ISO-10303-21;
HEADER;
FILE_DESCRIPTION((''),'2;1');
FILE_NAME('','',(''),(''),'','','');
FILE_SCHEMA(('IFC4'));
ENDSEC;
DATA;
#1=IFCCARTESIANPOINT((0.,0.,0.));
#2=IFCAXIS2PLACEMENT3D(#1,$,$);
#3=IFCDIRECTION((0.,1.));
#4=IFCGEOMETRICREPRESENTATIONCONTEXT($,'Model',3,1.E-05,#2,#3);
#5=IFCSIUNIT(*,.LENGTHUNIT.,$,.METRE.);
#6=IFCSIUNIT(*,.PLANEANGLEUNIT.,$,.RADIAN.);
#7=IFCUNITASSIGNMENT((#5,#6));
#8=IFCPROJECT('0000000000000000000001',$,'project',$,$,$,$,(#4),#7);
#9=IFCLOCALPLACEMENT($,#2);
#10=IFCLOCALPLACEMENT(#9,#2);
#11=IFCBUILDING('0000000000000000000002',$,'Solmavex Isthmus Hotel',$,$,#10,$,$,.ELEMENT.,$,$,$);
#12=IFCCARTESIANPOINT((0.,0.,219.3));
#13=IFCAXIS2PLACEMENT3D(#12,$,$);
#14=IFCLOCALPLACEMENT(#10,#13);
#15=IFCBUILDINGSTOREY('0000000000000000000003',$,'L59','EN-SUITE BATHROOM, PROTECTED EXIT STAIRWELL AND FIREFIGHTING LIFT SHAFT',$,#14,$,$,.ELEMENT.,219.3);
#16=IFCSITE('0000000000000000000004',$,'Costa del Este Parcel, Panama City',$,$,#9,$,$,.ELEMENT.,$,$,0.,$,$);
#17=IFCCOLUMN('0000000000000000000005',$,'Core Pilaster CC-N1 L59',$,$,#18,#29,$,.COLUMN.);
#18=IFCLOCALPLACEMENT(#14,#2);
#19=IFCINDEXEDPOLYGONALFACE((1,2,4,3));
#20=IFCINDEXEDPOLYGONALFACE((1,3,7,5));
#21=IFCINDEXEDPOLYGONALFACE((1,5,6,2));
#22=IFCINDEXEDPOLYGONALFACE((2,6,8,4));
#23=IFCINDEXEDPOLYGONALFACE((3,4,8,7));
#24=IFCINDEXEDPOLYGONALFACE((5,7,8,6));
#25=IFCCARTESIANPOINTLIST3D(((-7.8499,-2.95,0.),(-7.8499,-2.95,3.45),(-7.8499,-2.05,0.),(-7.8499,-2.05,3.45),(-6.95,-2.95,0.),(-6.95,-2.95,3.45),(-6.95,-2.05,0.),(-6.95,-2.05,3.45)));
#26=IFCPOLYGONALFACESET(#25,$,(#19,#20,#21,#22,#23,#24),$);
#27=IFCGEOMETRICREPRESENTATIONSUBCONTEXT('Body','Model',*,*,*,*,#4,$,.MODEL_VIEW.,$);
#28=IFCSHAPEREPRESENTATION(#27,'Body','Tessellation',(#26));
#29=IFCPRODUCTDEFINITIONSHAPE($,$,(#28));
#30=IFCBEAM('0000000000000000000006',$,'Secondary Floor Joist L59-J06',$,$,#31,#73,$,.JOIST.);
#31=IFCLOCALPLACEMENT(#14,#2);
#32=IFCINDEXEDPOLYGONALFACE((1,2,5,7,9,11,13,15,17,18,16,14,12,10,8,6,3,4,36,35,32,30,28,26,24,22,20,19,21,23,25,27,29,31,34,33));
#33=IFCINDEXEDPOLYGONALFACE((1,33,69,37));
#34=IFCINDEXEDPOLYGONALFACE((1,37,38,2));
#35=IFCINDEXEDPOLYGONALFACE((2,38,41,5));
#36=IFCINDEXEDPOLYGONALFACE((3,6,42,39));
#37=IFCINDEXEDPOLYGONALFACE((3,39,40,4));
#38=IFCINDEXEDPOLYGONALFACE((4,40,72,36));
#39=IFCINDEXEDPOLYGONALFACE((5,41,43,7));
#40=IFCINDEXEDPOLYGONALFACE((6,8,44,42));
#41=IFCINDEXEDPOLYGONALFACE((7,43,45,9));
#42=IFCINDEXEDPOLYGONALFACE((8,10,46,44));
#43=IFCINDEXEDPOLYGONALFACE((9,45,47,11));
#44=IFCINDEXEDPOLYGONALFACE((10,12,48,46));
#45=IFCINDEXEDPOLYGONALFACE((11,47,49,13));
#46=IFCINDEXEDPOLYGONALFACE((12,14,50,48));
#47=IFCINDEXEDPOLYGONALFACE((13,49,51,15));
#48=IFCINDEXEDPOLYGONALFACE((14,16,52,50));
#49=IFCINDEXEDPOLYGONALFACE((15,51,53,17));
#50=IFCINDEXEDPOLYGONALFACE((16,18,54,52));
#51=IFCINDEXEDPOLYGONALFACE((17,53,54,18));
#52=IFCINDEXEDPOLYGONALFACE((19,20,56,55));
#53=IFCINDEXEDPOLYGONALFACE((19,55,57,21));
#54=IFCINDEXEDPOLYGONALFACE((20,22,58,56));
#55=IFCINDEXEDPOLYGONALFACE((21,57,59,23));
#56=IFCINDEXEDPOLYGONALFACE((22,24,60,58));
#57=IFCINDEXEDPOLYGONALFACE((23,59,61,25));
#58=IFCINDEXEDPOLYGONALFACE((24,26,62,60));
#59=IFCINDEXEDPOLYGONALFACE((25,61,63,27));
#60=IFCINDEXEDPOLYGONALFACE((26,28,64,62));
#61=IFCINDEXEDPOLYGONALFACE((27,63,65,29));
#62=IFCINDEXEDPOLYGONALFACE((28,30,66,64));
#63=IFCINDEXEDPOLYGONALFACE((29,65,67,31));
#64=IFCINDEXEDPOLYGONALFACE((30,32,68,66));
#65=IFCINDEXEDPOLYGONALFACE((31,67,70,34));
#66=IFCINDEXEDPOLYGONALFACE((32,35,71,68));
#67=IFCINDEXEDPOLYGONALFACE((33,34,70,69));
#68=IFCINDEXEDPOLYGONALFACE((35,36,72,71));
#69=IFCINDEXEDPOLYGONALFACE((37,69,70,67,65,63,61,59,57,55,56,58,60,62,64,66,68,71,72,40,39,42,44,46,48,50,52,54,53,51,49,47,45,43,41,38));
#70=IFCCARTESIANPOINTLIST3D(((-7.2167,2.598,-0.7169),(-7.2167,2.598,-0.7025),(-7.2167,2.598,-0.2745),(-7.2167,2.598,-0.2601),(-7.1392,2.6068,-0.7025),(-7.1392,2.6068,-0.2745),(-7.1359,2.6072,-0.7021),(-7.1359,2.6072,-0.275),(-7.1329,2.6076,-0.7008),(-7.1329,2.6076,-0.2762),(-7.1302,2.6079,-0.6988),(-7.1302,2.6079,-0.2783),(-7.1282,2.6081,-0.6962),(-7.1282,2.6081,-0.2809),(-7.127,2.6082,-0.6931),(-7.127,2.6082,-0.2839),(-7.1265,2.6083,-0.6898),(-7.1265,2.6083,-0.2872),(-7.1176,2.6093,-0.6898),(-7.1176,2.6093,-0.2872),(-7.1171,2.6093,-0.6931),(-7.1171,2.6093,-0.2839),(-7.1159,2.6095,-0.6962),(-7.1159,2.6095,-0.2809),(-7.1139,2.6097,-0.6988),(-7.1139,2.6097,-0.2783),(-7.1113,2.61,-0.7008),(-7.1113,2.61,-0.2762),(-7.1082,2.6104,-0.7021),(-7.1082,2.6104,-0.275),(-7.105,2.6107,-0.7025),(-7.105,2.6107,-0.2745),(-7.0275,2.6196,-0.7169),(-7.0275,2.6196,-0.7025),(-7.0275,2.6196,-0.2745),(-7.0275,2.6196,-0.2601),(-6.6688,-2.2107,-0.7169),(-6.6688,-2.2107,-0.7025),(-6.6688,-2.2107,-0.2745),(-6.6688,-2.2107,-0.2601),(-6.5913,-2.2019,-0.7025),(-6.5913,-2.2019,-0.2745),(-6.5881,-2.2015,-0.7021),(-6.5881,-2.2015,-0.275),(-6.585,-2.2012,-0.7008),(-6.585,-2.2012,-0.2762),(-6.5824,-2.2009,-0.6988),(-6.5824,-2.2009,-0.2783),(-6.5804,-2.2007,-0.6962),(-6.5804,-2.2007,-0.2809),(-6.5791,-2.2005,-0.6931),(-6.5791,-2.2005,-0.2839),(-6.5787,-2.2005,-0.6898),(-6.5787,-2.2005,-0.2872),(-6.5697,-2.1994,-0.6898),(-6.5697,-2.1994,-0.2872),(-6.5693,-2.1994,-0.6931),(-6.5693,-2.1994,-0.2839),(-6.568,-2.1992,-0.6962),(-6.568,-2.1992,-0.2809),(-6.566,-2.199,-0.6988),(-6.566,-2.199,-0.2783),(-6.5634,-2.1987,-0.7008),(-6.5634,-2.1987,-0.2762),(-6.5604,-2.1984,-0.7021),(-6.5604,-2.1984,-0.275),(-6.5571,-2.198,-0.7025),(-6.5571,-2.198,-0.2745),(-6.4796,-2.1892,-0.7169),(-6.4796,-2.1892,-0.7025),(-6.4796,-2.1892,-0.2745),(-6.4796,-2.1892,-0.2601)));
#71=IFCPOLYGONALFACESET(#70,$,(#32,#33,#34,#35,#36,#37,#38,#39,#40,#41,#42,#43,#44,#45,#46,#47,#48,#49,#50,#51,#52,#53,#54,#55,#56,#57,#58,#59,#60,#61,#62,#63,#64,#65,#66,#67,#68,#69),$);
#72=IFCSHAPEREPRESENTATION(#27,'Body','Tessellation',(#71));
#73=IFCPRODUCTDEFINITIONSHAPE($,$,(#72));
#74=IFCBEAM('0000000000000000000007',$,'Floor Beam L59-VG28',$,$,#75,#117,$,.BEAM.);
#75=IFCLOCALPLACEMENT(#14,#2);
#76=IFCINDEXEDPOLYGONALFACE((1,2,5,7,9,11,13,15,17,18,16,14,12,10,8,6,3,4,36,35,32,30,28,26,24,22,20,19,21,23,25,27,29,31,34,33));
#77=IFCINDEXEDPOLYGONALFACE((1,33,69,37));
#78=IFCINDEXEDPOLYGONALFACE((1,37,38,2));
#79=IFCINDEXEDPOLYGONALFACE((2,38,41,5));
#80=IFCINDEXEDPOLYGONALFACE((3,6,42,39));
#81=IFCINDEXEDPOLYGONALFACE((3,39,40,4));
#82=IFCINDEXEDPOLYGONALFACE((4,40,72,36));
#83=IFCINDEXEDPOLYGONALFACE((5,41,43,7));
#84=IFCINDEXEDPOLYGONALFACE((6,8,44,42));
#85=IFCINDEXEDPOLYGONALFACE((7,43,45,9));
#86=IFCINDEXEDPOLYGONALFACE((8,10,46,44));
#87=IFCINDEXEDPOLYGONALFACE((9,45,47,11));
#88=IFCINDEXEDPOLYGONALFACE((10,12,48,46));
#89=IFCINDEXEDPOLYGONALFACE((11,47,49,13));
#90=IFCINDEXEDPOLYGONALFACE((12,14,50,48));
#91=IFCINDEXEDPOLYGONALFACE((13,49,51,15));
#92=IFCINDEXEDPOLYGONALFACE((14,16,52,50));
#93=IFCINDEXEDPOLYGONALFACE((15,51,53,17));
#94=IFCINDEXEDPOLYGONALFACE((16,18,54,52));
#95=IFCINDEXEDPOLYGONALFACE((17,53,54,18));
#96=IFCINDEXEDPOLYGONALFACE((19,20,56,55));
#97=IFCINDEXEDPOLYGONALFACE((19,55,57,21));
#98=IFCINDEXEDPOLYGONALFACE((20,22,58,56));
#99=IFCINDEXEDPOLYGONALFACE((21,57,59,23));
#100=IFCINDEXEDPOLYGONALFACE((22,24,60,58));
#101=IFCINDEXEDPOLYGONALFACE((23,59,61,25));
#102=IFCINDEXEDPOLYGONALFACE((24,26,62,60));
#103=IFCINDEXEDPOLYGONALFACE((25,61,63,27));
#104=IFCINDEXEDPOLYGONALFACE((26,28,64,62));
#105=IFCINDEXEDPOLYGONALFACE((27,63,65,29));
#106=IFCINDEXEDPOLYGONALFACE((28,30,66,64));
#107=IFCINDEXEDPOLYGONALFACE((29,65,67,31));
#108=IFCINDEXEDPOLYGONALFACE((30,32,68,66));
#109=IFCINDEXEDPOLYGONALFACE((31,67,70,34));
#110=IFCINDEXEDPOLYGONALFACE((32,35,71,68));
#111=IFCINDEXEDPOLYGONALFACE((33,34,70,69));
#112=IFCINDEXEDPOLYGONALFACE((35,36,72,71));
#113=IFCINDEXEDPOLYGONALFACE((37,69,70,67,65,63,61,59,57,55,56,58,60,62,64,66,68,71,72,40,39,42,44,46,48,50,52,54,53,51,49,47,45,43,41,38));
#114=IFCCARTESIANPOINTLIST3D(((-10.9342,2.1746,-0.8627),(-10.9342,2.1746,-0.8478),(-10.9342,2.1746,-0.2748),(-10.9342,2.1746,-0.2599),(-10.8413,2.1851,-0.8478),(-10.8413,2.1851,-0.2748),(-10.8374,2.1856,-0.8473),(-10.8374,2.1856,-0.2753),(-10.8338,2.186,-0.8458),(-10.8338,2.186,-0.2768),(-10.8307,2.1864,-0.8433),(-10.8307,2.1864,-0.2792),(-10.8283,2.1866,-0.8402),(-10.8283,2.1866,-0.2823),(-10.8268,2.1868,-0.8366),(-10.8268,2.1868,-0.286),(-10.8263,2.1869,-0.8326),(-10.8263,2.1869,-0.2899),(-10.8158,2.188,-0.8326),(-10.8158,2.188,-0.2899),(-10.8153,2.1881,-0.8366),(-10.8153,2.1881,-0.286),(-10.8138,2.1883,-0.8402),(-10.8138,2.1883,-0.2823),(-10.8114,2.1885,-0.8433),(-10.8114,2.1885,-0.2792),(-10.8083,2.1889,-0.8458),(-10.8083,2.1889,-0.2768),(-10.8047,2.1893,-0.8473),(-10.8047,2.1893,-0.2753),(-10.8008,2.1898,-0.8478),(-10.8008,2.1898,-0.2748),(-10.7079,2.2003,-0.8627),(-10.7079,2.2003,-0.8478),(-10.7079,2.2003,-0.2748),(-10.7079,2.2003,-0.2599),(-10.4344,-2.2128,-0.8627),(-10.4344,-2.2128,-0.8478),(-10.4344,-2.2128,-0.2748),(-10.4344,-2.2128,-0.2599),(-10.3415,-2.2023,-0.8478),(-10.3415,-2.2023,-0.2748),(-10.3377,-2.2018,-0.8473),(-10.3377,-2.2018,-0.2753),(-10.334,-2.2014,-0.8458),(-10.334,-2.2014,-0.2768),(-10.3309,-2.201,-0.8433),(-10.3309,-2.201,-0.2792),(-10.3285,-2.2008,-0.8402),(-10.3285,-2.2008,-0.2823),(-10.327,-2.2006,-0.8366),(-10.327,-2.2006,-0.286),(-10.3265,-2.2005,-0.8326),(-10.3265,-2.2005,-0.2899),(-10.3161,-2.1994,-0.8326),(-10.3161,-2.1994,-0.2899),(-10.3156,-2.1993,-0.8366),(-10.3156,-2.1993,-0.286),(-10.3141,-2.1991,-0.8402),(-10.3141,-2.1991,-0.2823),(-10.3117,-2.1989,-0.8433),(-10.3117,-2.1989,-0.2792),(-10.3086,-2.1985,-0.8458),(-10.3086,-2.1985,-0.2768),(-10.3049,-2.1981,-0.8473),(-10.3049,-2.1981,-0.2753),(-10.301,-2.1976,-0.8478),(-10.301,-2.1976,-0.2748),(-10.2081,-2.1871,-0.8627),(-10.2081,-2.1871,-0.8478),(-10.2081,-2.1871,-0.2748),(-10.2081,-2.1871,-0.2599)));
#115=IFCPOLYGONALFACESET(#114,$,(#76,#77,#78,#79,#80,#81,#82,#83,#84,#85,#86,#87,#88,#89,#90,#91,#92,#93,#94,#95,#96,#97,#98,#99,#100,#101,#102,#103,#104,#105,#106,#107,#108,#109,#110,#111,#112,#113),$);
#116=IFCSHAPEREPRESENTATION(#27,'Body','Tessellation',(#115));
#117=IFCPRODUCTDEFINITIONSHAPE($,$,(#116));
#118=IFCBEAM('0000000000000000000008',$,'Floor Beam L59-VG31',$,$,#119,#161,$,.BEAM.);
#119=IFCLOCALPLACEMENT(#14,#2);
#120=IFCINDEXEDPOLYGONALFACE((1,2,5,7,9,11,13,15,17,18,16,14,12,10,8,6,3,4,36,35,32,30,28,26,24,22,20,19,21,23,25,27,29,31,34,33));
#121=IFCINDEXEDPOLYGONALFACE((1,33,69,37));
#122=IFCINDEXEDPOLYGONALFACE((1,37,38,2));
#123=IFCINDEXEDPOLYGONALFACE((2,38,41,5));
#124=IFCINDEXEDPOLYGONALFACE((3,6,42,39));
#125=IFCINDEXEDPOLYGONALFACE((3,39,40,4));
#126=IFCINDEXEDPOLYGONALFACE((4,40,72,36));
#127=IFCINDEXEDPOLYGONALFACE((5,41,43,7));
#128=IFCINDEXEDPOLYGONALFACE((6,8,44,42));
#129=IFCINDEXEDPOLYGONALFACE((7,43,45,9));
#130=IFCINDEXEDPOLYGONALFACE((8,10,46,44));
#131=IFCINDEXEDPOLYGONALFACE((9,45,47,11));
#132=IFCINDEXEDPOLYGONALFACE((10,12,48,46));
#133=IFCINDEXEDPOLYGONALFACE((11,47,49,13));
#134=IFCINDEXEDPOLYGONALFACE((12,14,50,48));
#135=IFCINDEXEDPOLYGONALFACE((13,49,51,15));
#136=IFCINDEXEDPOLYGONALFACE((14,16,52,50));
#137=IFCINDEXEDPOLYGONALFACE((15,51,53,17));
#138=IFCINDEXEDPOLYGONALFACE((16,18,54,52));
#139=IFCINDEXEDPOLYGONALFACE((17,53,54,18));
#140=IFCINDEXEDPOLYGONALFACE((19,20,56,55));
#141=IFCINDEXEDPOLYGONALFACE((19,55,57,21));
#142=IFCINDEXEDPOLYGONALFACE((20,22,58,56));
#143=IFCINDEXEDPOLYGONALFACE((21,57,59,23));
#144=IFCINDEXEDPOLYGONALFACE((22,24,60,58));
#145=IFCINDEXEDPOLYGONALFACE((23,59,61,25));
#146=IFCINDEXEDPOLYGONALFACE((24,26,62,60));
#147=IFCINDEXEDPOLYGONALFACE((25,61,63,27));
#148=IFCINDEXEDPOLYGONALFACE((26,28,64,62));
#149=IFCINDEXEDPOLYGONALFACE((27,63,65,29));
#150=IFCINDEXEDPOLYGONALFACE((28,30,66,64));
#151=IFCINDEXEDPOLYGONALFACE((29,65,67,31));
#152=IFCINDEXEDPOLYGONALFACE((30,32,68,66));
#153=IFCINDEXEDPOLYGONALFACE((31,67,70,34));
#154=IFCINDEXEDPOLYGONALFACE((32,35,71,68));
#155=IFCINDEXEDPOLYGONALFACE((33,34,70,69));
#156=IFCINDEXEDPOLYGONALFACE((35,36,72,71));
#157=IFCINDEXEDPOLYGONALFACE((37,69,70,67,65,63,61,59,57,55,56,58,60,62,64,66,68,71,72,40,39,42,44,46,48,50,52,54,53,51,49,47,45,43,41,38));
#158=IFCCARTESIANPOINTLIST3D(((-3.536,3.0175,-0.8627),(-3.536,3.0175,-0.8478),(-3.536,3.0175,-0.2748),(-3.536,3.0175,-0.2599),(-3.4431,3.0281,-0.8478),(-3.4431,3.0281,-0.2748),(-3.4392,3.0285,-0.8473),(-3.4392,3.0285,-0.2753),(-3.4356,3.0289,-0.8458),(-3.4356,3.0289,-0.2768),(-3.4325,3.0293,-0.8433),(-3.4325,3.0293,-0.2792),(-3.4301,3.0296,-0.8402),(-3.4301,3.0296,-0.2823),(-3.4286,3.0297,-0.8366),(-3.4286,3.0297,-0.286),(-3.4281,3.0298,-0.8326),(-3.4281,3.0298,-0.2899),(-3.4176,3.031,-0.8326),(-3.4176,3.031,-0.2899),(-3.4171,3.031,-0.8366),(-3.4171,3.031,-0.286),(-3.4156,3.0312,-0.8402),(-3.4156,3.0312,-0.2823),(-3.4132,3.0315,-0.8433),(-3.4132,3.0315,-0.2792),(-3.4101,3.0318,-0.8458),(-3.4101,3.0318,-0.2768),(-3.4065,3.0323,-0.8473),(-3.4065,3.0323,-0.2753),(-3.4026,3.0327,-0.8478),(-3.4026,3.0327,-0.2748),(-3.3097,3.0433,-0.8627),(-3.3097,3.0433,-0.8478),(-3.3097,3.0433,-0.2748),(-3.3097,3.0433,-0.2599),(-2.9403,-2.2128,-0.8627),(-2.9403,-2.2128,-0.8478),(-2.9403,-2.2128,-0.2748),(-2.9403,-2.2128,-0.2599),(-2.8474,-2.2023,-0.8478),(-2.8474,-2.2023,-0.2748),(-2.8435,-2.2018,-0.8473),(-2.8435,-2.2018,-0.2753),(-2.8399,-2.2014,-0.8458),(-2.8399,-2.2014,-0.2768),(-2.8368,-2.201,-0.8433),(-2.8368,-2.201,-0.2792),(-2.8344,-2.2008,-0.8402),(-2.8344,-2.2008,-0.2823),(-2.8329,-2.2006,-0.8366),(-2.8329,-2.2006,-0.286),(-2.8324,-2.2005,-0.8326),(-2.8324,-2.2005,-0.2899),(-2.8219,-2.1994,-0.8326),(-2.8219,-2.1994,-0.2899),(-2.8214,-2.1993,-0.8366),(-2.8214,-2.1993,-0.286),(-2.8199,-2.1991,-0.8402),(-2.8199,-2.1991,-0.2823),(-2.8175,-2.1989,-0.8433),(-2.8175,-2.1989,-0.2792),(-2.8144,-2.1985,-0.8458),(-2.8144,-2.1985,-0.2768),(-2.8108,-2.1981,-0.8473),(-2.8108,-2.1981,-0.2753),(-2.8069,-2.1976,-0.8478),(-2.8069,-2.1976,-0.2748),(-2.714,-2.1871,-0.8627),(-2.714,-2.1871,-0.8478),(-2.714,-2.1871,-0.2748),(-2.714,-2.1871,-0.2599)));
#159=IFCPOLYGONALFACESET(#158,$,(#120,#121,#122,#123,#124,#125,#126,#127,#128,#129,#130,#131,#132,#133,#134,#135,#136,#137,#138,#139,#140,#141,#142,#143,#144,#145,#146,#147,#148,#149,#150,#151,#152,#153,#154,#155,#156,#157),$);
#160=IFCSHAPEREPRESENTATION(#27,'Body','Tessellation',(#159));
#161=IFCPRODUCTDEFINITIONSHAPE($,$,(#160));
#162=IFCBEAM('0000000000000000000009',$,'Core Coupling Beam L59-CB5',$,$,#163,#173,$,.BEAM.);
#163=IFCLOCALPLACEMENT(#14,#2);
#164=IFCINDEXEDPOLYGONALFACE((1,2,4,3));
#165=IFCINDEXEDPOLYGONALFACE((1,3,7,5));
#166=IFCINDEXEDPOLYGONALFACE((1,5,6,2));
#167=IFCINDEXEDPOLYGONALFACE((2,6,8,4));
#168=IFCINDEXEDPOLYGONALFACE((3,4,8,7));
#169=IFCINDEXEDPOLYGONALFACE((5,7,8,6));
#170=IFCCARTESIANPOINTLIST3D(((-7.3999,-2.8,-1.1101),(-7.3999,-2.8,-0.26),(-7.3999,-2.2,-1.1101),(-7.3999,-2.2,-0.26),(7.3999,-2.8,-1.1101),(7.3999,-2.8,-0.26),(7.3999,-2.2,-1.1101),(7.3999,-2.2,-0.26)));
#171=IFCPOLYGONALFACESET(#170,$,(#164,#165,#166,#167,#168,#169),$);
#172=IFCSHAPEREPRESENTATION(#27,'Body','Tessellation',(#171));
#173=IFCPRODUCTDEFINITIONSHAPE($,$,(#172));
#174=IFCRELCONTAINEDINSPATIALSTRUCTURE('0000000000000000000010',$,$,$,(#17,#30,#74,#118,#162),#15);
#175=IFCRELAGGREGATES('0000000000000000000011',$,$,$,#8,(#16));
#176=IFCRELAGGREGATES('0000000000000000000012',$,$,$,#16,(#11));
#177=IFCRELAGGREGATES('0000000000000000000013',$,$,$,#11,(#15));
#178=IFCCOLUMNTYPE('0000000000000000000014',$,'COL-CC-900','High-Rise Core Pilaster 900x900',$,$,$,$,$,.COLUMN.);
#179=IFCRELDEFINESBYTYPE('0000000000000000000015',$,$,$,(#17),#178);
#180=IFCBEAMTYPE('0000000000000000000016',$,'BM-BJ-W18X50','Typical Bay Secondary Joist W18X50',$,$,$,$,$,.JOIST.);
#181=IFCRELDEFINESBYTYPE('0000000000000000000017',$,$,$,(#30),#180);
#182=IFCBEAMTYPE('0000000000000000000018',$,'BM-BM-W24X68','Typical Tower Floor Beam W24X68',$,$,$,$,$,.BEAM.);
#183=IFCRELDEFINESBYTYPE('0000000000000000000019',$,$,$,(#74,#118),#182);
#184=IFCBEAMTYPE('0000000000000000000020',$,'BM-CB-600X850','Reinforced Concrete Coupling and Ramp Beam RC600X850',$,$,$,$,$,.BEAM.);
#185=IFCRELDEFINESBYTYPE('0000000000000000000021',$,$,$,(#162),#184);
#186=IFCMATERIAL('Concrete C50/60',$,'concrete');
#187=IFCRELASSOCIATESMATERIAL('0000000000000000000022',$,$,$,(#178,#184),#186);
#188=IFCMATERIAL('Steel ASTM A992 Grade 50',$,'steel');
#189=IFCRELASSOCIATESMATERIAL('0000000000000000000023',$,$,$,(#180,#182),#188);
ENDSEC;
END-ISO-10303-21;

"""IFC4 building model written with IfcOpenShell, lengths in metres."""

from ifc_helpers import new_model, si_unit, direction, frame, origin, origin_2d, place, context, subcontext, project, spatial, rectangle, i_section, extrude, material, material_profile, profile_set, type_object, element, save


model = new_model("IFC4")

# Units and contexts
model_context = context("Model", 3, precision=1e-05, world=origin(), true_north=direction((0.0, 1.0)))
body_context = subcontext(model_context, "Body", "Model", "MODEL_VIEW")
ifc_project = project(units=[si_unit("LENGTHUNIT", "METRE"), si_unit("PLANEANGLEUNIT", "RADIAN")], contexts=[model_context])

# Site, building, storey
site_placement = place(None, origin())
site = spatial("IfcSite", under=ifc_project, at=site_placement, Name="Costa del Este Parcel, Panama City", CompositionType="ELEMENT", RefElevation=0.0)
building_placement = place(site_placement, origin())
building = spatial("IfcBuilding", under=site, at=building_placement, Name="Solmavex Isthmus Hotel", CompositionType="ELEMENT")
storey_placement = place(building_placement, frame((0.0, 0.0, 219.3)))
storey = spatial("IfcBuildingStorey", under=building, at=storey_placement, Name="L59", Description="EN-SUITE BATHROOM, PROTECTED EXIT STAIRWELL AND FIREFIGHTING LIFT SHAFT", CompositionType="ELEMENT", Elevation=219.3)

# Column
ifc_material_1 = material(Name="Concrete C50/60", Category="concrete")
ifc_material_profile_1 = material_profile(ifc_material_1, rectangle(XDim=0.8999, YDim=0.8999, at=origin_2d()), Name="RC900X900")
ifc_profile_set_1 = profile_set([ifc_material_profile_1], Name="Concrete C50/60")
column_type = type_object("IfcColumnType", Name="COL-CC-900", Description="High-Rise Core Pilaster 900x900", PredefinedType="COLUMN", material=ifc_profile_set_1)
column_placement = place(storey_placement, frame((-7.3999, -2.5, 0.0), z_axis=(0.0, 0.0, 1.0), x_axis=(1.0, 0.0, 0.0)))
element("IfcColumn", 1, at=column_placement, inside=storey, type_object=column_type, Name="Core Pilaster CC-N1 L59", PredefinedType="COLUMN", context=body_context, shape_type="SweptSolid", body=[
    extrude(rectangle(XDim=0.8999, YDim=0.8999, at=origin_2d()), origin(), (0.0, 0.0, 1.0), 3.45),
])

# Beams
ifc_material_2 = material(Name="Steel ASTM A992 Grade 50", Category="steel")
ifc_material_profile_2 = material_profile(ifc_material_2, i_section(OverallWidth=0.1904, OverallDepth=0.4568, WebThickness=0.009, FlangeThickness=0.0144, FilletRadius=0.0127, at=origin_2d()), Name="W18X50")
ifc_profile_set_2 = profile_set([ifc_material_profile_2], Name="Steel ASTM A992 Grade 50")
beam_type_1 = type_object("IfcBeamType", Name="BM-BJ-W18X50", Description="Typical Bay Secondary Joist W18X50", PredefinedType="JOIST", material=ifc_profile_set_2)
beam_1_placement = place(storey_placement, frame((-6.5742, -2.2, -0.4885), z_axis=(-0.113194, 0.993573, 0.0), x_axis=(-0.993573, -0.113194, 0.0)))
element("IfcBeam", 2, at=beam_1_placement, inside=storey, type_object=beam_type_1, Name="Secondary Floor Joist L59-J06", PredefinedType="JOIST", context=body_context, shape_type="SweptSolid", body=[
    extrude(i_section(OverallWidth=0.1904, OverallDepth=0.4568, WebThickness=0.009, FlangeThickness=0.0144, FilletRadius=0.0127, at=origin_2d()), origin(), (0.0, 0.0, 1.0), 4.8398),
])
ifc_material_profile_3 = material_profile(ifc_material_2, i_section(OverallWidth=0.2278, OverallDepth=0.6028, WebThickness=0.0105, FlangeThickness=0.0149, FilletRadius=0.0151, at=origin_2d()), Name="W24X68")
ifc_profile_set_3 = profile_set([ifc_material_profile_3], Name="Steel ASTM A992 Grade 50")
beam_type_2 = type_object("IfcBeamType", Name="BM-BM-W24X68", Description="Typical Tower Floor Beam W24X68", PredefinedType="BEAM", material=ifc_profile_set_3)
beam_2_placement = place(storey_placement, frame((-10.3213, -2.2, -0.5613), z_axis=(-0.113174, 0.993575, 0.0), x_axis=(-0.993575, -0.113174, 0.0)))
element("IfcBeam", 3, at=beam_2_placement, inside=storey, type_object=beam_type_2, Name="Floor Beam L59-VG28", PredefinedType="BEAM", context=body_context, shape_type="SweptSolid", body=[
    extrude(i_section(OverallWidth=0.2278, OverallDepth=0.6028, WebThickness=0.0105, FlangeThickness=0.0149, FilletRadius=0.0151, at=origin_2d()), origin(), (0.0, 0.0, 1.0), 4.4158),
])
beam_3_placement = place(storey_placement, frame((-2.8271, -2.2, -0.5613), z_axis=(-0.113159, 0.993577, 0.0), x_axis=(-0.993577, -0.113159, 0.0)))
element("IfcBeam", 4, at=beam_3_placement, inside=storey, type_object=beam_type_2, Name="Floor Beam L59-VG31", PredefinedType="BEAM", context=body_context, shape_type="SweptSolid", body=[
    extrude(i_section(OverallWidth=0.2278, OverallDepth=0.6028, WebThickness=0.0105, FlangeThickness=0.0149, FilletRadius=0.0151, at=origin_2d()), origin(), (0.0, 0.0, 1.0), 5.2642),
])
ifc_material_profile_4 = material_profile(ifc_material_1, rectangle(XDim=0.6001, YDim=0.8501, at=origin_2d()), Name="RC600X850")
ifc_profile_set_4 = profile_set([ifc_material_profile_4], Name="Concrete C50/60")
beam_type_3 = type_object("IfcBeamType", Name="BM-CB-600X850", Description="Reinforced Concrete Coupling and Ramp Beam RC600X850", PredefinedType="BEAM", material=ifc_profile_set_4)
beam_4_placement = place(storey_placement, frame((-7.3999, -2.5, -0.6851), z_axis=(1.0, 0.0, 0.0), x_axis=(0.0, 1.0, 0.0)))
element("IfcBeam", 5, at=beam_4_placement, inside=storey, type_object=beam_type_3, Name="Core Coupling Beam L59-CB5", PredefinedType="BEAM", context=body_context, shape_type="SweptSolid", body=[
    extrude(rectangle(XDim=0.6001, YDim=0.8501, at=origin_2d()), origin(), (0.0, 0.0, 1.0), 14.7998),
])

save(model, "model.ifc")
